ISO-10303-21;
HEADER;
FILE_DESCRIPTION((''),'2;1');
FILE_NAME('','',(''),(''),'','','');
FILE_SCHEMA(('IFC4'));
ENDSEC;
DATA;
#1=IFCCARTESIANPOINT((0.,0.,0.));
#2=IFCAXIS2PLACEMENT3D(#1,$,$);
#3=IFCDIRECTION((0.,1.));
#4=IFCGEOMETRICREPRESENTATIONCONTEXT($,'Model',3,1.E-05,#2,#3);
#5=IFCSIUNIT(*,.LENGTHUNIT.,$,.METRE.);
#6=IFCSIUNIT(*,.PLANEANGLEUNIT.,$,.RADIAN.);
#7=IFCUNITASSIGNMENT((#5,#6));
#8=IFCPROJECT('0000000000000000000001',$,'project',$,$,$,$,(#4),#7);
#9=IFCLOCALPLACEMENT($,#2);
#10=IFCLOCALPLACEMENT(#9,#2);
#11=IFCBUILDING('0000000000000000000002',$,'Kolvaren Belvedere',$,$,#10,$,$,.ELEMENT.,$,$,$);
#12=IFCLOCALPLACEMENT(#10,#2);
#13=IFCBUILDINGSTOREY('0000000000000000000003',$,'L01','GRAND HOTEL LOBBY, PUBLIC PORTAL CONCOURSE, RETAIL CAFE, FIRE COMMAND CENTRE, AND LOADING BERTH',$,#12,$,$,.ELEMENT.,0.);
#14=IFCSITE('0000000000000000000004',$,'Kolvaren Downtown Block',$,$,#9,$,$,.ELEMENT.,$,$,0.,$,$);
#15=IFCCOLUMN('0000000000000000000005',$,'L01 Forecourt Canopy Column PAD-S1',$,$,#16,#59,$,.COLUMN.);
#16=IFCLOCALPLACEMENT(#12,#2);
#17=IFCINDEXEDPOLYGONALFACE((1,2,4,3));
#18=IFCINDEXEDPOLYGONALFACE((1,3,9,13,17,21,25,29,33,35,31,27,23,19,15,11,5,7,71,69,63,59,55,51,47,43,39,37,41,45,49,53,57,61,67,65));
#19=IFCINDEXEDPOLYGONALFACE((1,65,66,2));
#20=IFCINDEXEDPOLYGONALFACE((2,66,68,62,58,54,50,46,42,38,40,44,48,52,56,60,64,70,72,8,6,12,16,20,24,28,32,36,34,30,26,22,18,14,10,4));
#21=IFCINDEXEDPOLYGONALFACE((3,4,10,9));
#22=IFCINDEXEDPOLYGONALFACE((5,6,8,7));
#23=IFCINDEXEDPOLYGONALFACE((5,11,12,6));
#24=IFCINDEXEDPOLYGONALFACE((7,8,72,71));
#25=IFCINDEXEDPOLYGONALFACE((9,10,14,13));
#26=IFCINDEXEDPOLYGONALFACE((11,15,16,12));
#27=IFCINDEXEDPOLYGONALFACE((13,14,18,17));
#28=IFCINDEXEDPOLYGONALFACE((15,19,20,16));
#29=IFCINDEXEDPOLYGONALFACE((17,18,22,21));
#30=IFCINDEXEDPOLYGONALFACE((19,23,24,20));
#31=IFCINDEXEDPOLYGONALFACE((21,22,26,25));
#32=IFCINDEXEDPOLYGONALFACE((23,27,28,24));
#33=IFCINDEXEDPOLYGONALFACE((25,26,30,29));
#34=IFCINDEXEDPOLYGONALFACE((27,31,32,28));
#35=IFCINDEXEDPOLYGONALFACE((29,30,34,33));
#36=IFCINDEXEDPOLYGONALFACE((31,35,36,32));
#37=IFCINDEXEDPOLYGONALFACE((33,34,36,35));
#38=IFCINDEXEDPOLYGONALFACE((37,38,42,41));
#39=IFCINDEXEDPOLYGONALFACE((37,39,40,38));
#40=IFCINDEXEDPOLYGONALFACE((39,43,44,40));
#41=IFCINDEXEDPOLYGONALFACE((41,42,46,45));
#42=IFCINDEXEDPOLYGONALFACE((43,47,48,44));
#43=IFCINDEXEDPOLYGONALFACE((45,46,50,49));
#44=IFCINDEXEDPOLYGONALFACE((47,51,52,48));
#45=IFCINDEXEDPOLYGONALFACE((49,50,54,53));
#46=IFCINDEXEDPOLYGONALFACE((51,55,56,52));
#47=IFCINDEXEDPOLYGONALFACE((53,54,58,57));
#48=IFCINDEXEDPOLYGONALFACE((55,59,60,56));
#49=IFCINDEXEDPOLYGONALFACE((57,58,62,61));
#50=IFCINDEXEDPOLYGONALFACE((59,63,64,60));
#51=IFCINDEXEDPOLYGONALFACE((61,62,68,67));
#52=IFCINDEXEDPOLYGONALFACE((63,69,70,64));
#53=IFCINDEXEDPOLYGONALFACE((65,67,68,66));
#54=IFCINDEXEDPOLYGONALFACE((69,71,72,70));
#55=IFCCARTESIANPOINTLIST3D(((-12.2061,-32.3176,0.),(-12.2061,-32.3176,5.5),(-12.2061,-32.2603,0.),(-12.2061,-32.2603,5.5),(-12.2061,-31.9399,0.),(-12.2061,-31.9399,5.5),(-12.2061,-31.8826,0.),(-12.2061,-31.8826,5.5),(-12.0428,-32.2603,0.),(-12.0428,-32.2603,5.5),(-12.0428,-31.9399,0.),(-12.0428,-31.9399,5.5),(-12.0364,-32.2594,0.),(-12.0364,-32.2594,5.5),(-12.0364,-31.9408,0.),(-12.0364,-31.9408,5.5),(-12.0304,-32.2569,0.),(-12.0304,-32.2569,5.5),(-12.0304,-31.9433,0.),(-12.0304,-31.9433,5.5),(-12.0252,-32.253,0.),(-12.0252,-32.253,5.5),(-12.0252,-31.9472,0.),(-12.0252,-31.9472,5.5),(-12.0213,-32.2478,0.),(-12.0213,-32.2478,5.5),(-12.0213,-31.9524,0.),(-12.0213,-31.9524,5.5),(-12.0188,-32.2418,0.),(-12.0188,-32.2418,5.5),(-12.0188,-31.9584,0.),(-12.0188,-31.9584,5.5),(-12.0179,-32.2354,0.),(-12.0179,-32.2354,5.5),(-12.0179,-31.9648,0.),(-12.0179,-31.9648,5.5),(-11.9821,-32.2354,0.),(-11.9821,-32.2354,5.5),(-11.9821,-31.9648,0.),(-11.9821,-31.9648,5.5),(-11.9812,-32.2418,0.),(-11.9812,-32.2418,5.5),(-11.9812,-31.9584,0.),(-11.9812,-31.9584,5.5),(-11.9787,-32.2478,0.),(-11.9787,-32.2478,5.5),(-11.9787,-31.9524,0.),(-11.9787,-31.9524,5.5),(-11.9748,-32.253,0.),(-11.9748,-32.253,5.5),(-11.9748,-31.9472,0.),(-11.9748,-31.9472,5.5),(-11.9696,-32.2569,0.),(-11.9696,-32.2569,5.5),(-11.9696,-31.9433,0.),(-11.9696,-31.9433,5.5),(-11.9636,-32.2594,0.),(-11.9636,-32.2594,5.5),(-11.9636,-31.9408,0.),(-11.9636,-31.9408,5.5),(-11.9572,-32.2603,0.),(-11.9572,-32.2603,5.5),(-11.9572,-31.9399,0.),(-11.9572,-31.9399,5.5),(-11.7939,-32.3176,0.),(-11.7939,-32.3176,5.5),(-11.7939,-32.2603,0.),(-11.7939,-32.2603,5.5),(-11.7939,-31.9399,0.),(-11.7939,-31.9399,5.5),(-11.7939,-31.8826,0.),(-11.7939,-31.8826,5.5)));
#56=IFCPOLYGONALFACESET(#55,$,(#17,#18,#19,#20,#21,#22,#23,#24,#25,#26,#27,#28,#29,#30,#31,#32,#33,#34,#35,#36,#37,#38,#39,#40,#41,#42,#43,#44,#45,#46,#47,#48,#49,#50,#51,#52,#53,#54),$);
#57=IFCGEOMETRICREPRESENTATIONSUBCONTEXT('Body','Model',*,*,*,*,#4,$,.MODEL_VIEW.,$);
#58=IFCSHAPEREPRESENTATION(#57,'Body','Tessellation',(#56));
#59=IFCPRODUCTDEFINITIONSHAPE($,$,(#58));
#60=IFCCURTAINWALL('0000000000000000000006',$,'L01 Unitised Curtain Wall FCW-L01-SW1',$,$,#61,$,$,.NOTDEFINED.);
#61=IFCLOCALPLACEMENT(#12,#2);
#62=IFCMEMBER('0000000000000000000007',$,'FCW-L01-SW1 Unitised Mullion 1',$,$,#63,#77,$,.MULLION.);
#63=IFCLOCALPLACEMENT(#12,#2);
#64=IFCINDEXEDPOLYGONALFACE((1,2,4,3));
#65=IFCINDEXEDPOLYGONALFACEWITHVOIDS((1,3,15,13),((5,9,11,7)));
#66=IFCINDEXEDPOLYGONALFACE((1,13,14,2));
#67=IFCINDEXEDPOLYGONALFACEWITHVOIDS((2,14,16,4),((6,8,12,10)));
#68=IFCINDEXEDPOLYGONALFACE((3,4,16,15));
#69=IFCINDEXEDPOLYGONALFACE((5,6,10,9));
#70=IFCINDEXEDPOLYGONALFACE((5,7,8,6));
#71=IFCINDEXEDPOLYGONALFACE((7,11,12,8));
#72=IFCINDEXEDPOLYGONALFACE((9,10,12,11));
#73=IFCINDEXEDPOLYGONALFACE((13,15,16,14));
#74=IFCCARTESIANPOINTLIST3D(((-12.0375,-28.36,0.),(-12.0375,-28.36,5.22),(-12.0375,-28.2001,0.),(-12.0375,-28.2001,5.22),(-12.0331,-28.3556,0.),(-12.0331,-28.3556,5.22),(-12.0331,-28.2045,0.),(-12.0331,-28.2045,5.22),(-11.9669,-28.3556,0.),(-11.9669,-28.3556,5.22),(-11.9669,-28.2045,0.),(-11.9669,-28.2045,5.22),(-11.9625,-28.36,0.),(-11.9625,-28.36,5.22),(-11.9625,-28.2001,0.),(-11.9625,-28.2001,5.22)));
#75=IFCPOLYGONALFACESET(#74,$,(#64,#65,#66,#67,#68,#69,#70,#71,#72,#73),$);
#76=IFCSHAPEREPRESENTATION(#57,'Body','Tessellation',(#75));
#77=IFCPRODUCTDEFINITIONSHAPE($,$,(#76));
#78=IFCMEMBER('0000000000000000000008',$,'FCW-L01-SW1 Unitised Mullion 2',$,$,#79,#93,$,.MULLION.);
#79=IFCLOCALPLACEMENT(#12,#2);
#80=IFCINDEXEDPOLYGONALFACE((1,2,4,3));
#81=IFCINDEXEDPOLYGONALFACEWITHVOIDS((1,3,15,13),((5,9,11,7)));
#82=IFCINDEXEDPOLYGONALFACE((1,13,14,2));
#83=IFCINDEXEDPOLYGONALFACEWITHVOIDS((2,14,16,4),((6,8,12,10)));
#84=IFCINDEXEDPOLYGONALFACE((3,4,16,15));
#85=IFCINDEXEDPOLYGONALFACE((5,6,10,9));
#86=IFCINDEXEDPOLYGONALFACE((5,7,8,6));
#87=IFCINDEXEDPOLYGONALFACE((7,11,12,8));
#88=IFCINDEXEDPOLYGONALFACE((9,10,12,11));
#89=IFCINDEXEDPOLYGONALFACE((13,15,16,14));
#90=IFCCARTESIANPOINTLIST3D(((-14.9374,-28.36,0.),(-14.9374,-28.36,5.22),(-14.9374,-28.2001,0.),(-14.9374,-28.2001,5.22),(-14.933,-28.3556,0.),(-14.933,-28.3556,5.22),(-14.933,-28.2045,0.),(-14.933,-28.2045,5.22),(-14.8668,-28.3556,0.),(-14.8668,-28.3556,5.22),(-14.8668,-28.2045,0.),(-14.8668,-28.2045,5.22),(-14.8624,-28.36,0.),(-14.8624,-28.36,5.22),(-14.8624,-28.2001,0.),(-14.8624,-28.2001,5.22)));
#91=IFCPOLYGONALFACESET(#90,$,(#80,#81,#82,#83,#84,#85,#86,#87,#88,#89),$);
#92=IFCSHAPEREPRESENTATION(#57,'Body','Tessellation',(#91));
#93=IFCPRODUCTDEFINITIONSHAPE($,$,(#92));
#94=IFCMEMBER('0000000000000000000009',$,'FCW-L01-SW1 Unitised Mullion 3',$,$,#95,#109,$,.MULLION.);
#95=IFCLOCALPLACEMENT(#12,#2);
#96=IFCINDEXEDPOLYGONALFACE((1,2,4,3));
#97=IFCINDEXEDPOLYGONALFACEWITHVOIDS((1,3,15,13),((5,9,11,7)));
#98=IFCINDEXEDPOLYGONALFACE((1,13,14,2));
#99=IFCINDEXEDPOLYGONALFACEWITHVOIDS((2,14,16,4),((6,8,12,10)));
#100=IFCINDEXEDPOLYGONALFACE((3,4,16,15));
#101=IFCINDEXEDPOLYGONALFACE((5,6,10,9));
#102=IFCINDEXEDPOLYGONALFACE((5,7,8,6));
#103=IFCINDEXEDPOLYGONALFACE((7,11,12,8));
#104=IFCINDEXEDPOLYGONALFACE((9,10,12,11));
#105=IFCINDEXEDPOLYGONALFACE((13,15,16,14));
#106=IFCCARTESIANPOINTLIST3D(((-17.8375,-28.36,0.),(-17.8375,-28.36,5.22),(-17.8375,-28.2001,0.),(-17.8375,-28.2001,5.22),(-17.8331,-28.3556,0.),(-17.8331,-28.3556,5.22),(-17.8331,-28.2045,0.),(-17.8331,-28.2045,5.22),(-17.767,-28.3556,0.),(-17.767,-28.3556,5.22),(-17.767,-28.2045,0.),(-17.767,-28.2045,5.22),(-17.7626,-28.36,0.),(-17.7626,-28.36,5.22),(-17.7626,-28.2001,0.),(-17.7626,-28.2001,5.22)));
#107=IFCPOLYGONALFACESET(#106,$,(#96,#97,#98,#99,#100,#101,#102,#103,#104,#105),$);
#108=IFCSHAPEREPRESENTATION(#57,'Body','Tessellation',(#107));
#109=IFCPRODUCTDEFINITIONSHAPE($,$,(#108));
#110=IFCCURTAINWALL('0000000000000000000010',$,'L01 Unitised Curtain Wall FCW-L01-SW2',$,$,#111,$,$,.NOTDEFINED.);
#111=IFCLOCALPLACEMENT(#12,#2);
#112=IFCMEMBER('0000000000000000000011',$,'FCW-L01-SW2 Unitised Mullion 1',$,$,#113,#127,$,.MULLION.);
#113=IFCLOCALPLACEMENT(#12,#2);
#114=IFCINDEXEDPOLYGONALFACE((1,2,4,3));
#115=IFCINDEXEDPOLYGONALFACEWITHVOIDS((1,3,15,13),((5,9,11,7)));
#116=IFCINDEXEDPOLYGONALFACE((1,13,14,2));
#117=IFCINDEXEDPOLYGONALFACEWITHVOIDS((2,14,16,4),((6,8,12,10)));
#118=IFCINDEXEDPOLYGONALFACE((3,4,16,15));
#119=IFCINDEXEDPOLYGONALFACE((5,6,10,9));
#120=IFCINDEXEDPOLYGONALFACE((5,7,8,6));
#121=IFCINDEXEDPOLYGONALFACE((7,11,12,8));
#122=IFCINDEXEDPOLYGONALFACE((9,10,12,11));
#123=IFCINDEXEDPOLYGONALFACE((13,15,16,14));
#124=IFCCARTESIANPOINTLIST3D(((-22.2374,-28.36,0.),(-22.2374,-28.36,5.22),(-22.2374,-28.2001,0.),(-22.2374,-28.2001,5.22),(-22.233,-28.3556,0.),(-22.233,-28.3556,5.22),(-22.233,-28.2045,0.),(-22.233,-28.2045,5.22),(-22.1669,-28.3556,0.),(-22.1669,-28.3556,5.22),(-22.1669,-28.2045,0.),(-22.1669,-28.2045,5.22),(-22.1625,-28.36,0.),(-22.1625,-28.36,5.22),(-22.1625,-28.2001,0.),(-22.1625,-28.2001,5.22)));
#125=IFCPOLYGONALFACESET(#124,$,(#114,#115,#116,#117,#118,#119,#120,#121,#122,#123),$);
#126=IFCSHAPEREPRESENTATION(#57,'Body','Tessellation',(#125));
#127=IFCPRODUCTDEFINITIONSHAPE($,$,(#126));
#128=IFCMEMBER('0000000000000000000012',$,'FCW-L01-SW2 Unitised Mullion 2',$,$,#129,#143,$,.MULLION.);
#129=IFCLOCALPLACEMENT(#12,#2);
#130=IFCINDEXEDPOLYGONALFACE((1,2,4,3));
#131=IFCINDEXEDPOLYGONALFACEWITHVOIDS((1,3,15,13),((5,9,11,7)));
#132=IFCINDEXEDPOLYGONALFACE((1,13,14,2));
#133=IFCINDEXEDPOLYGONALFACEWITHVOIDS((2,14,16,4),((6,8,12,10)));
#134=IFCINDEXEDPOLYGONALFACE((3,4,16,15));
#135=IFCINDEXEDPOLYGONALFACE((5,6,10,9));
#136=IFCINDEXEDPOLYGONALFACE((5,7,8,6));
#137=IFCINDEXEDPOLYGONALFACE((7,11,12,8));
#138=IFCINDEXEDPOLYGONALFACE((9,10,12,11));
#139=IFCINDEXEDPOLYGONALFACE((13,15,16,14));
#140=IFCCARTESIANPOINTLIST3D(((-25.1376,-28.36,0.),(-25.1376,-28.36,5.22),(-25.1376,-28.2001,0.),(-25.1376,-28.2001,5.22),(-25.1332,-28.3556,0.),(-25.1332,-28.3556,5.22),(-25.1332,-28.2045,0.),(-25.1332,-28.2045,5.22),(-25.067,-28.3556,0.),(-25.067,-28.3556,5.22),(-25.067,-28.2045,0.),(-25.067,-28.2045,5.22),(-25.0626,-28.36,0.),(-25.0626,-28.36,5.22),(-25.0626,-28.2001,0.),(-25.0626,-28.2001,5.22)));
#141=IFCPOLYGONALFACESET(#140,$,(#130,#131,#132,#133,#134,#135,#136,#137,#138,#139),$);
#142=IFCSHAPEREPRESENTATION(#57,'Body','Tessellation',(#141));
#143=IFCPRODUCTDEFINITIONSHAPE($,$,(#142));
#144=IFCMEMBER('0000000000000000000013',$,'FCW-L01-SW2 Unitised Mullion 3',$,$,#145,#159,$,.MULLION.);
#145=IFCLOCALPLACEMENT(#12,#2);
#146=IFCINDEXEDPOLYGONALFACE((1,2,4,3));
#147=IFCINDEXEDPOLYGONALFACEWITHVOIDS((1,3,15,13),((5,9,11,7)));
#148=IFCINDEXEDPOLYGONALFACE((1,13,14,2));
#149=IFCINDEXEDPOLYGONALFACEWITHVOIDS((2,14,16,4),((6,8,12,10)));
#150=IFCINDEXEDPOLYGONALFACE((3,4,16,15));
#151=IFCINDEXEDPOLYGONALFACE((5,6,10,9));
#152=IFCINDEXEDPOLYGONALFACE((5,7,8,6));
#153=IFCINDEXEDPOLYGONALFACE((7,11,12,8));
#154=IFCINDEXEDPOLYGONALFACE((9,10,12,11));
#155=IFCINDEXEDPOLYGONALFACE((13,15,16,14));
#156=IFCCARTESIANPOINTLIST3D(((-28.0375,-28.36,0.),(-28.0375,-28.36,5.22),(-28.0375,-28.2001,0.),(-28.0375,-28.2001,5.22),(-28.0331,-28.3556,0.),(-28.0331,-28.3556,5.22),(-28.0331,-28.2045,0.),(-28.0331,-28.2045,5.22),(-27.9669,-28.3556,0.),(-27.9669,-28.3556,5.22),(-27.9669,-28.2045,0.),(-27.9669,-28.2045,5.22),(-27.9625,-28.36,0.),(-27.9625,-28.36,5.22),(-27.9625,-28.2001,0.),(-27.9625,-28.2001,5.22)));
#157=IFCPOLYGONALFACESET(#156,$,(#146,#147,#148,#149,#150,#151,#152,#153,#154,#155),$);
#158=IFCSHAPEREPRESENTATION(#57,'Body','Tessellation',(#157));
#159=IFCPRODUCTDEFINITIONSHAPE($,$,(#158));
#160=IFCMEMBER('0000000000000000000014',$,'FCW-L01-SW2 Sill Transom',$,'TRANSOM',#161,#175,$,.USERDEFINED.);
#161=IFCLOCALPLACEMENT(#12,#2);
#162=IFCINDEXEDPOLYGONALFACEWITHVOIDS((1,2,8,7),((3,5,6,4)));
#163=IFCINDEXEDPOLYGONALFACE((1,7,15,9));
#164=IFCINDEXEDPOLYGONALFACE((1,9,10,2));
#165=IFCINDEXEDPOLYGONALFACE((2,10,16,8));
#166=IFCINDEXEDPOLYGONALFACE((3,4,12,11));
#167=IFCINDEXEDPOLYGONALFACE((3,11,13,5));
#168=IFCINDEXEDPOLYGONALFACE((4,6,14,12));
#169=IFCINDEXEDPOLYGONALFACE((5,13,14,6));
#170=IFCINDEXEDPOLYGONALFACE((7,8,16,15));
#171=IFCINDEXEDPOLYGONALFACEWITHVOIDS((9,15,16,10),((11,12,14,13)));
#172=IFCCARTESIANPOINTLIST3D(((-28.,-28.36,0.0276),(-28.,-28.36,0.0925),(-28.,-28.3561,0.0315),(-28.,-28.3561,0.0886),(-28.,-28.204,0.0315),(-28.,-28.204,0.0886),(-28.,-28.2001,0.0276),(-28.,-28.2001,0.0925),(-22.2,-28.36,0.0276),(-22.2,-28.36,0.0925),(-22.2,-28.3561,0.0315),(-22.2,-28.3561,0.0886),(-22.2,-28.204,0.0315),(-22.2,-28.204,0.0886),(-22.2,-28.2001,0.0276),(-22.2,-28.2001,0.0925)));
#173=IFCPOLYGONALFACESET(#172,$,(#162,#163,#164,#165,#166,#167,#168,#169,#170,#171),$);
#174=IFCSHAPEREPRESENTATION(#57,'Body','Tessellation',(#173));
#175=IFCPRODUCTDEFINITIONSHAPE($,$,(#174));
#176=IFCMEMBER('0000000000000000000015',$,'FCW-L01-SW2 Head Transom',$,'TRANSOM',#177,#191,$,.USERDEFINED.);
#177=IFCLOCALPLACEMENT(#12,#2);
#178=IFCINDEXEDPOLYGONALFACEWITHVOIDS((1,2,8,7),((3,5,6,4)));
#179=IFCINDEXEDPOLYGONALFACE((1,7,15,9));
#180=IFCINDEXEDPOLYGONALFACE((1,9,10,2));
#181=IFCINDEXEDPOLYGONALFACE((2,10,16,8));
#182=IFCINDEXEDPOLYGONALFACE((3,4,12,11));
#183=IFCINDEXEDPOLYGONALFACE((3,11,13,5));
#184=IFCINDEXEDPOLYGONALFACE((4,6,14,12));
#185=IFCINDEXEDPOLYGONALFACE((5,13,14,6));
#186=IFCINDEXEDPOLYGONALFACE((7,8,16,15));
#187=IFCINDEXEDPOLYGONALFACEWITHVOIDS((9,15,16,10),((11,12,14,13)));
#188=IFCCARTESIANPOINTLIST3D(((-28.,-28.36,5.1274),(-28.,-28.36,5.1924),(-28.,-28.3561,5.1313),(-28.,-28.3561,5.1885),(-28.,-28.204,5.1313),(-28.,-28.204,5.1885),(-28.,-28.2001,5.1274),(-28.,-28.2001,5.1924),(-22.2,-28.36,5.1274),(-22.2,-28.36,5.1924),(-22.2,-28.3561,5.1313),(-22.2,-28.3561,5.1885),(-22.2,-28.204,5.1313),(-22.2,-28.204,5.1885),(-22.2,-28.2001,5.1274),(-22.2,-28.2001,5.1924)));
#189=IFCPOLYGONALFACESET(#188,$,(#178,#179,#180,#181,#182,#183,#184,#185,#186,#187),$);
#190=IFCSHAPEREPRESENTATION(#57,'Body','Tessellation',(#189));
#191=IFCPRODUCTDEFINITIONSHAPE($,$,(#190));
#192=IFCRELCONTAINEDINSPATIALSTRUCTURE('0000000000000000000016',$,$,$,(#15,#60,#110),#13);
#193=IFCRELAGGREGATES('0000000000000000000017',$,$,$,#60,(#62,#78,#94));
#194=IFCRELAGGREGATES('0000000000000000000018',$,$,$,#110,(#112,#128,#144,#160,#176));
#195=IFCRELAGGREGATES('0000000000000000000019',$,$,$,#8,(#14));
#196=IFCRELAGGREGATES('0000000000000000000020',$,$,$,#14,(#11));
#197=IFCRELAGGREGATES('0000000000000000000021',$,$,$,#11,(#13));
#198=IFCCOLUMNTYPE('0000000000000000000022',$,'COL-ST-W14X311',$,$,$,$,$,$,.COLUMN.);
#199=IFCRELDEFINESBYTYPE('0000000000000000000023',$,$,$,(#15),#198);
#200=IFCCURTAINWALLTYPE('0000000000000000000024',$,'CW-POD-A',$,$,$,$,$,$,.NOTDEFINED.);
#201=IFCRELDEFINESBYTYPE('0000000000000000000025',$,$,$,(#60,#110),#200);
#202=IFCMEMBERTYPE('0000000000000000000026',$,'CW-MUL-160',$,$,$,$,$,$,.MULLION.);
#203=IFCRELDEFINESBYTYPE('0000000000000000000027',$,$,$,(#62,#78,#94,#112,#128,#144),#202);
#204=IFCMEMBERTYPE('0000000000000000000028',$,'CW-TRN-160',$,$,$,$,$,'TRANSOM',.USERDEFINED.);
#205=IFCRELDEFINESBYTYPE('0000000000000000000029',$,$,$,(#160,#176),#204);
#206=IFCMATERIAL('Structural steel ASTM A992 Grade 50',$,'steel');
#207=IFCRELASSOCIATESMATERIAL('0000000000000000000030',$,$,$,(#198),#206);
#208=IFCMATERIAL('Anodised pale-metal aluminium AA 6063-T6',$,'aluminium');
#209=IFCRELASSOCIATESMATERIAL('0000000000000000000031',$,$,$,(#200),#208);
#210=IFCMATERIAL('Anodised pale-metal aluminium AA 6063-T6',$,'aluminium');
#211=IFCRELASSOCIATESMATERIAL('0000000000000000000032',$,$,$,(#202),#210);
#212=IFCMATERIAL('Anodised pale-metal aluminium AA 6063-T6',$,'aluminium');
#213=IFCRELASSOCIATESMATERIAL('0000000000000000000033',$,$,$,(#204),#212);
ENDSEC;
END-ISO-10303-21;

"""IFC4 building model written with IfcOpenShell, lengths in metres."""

from ifc_helpers import new_model, si_unit, direction, frame, origin, origin_2d, place, context, subcontext, project, spatial, hollow_rectangle, i_section, extrude, material, material_profile, profile_set, type_object, element, aggregate, save


model = new_model("IFC4")

# Units and contexts
model_context = context("Model", 3, precision=1e-05, world=origin(), true_north=direction((0.0, 1.0)))
body_context = subcontext(model_context, "Body", "Model", "MODEL_VIEW")
ifc_project = project(units=[si_unit("LENGTHUNIT", "METRE"), si_unit("PLANEANGLEUNIT", "RADIAN")], contexts=[model_context])

# Site, building, storey
site_placement = place(None, origin())
site = spatial("IfcSite", under=ifc_project, at=site_placement, Name="Kolvaren Downtown Block", CompositionType="ELEMENT", RefElevation=0.0)
building_placement = place(site_placement, origin())
building = spatial("IfcBuilding", under=site, at=building_placement, Name="Kolvaren Belvedere", CompositionType="ELEMENT")
storey_placement = place(building_placement, origin())
storey = spatial("IfcBuildingStorey", under=building, at=storey_placement, Name="L01", Description="GRAND HOTEL LOBBY, PUBLIC PORTAL CONCOURSE, RETAIL CAFE, FIRE COMMAND CENTRE, AND LOADING BERTH", CompositionType="ELEMENT", Elevation=0.0)

# Column
ifc_material_1 = material(Name="Structural steel ASTM A992 Grade 50", Category="steel")
ifc_material_profile_1 = material_profile(ifc_material_1, i_section(OverallWidth=0.4121, OverallDepth=0.4351, WebThickness=0.0359, FlangeThickness=0.0574, FilletRadius=0.0249, at=origin_2d()), Name="W14X311")
ifc_profile_set_1 = profile_set([ifc_material_profile_1], Name="Structural steel ASTM A992 Grade 50")
column_type = type_object("IfcColumnType", Name="COL-ST-W14X311", PredefinedType="COLUMN", material=ifc_profile_set_1)
column_placement = place(storey_placement, frame((-12.0, -32.1001, 0.0), z_axis=(0.0, 0.0, 1.0), x_axis=(1.0, 0.0, 0.0)))
element("IfcColumn", 1, at=column_placement, inside=storey, type_object=column_type, Name="L01 Forecourt Canopy Column PAD-S1", PredefinedType="COLUMN", context=body_context, shape_type="SweptSolid", body=[
    extrude(i_section(OverallWidth=0.4121, OverallDepth=0.4351, WebThickness=0.0359, FlangeThickness=0.0574, FilletRadius=0.0249, at=origin_2d()), origin(), (0.0, 0.0, 1.0), 5.5),
])

# Curtain walls, members
ifc_material_2 = material(Name="Anodised pale-metal aluminium AA 6063-T6", Category="aluminium")
curtain_wall_type = type_object("IfcCurtainWallType", Name="CW-POD-A", PredefinedType="NOTDEFINED", material=ifc_material_2)
curtain_wall_1_placement = place(storey_placement, origin())
curtain_wall_1 = element("IfcCurtainWall", 2, at=curtain_wall_1_placement, inside=storey, type_object=curtain_wall_type, Name="L01 Unitised Curtain Wall FCW-L01-SW1", PredefinedType="NOTDEFINED")
ifc_material_3 = material(Name="Anodised pale-metal aluminium AA 6063-T6", Category="aluminium")
ifc_material_profile_2 = material_profile(ifc_material_3, hollow_rectangle(XDim=0.075, YDim=0.1599, WallThickness=0.0044, at=origin_2d()), Name="ALU-MUL-160X75")
ifc_profile_set_2 = profile_set([ifc_material_profile_2], Name="Anodised pale-metal aluminium AA 6063-T6")
member_type_1 = type_object("IfcMemberType", Name="CW-MUL-160", PredefinedType="MULLION", material=ifc_profile_set_2)
member_1_placement = place(storey_placement, frame((-12.0, -28.28, 0.0), z_axis=(0.0, 0.0, 1.0), x_axis=(1.0, 0.0, 0.0)))
member_1 = element("IfcMember", 3, at=member_1_placement, type_object=member_type_1, Name="FCW-L01-SW1 Unitised Mullion 1", PredefinedType="MULLION", context=body_context, shape_type="SweptSolid", body=[
    extrude(hollow_rectangle(XDim=0.075, YDim=0.1599, WallThickness=0.0044, at=origin_2d()), origin(), (0.0, 0.0, 1.0), 5.22),
])
member_2_placement = place(storey_placement, frame((-14.8999, -28.28, 0.0), z_axis=(0.0, 0.0, 1.0), x_axis=(1.0, 0.0, 0.0)))
member_2 = element("IfcMember", 4, at=member_2_placement, type_object=member_type_1, Name="FCW-L01-SW1 Unitised Mullion 2", PredefinedType="MULLION", context=body_context, shape_type="SweptSolid", body=[
    extrude(hollow_rectangle(XDim=0.075, YDim=0.1599, WallThickness=0.0044, at=origin_2d()), origin(), (0.0, 0.0, 1.0), 5.22),
])
member_3_placement = place(storey_placement, frame((-17.8, -28.28, 0.0), z_axis=(0.0, 0.0, 1.0), x_axis=(1.0, 0.0, 0.0)))
member_3 = element("IfcMember", 5, at=member_3_placement, type_object=member_type_1, Name="FCW-L01-SW1 Unitised Mullion 3", PredefinedType="MULLION", context=body_context, shape_type="SweptSolid", body=[
    extrude(hollow_rectangle(XDim=0.075, YDim=0.1599, WallThickness=0.0044, at=origin_2d()), origin(), (0.0, 0.0, 1.0), 5.22),
])
curtain_wall_2_placement = place(storey_placement, origin())
curtain_wall_2 = element("IfcCurtainWall", 6, at=curtain_wall_2_placement, inside=storey, type_object=curtain_wall_type, Name="L01 Unitised Curtain Wall FCW-L01-SW2", PredefinedType="NOTDEFINED")
member_4_placement = place(storey_placement, frame((-22.2, -28.28, 0.0), z_axis=(0.0, 0.0, 1.0), x_axis=(1.0, 0.0, 0.0)))
member_4 = element("IfcMember", 7, at=member_4_placement, type_object=member_type_1, Name="FCW-L01-SW2 Unitised Mullion 1", PredefinedType="MULLION", context=body_context, shape_type="SweptSolid", body=[
    extrude(hollow_rectangle(XDim=0.075, YDim=0.1599, WallThickness=0.0044, at=origin_2d()), origin(), (0.0, 0.0, 1.0), 5.22),
])
member_5_placement = place(storey_placement, frame((-25.1001, -28.28, 0.0), z_axis=(0.0, 0.0, 1.0), x_axis=(1.0, 0.0, 0.0)))
member_5 = element("IfcMember", 8, at=member_5_placement, type_object=member_type_1, Name="FCW-L01-SW2 Unitised Mullion 2", PredefinedType="MULLION", context=body_context, shape_type="SweptSolid", body=[
    extrude(hollow_rectangle(XDim=0.075, YDim=0.1599, WallThickness=0.0044, at=origin_2d()), origin(), (0.0, 0.0, 1.0), 5.22),
])
member_6_placement = place(storey_placement, frame((-28.0, -28.28, 0.0), z_axis=(0.0, 0.0, 1.0), x_axis=(1.0, 0.0, 0.0)))
member_6 = element("IfcMember", 9, at=member_6_placement, type_object=member_type_1, Name="FCW-L01-SW2 Unitised Mullion 3", PredefinedType="MULLION", context=body_context, shape_type="SweptSolid", body=[
    extrude(hollow_rectangle(XDim=0.075, YDim=0.1599, WallThickness=0.0044, at=origin_2d()), origin(), (0.0, 0.0, 1.0), 5.22),
])
ifc_material_4 = material(Name="Anodised pale-metal aluminium AA 6063-T6", Category="aluminium")
ifc_material_profile_3 = material_profile(ifc_material_4, hollow_rectangle(XDim=0.0649, YDim=0.1599, WallThickness=0.0039, at=origin_2d()), Name="ALU-TRN-160X65")
ifc_profile_set_3 = profile_set([ifc_material_profile_3], Name="Anodised pale-metal aluminium AA 6063-T6")
member_type_2 = type_object("IfcMemberType", Name="CW-TRN-160", ElementType="TRANSOM", PredefinedType="USERDEFINED", material=ifc_profile_set_3)
member_7_placement = place(storey_placement, frame((-22.2, -28.28, 0.0601), z_axis=(-1.0, 0.0, 0.0), x_axis=(0.0, 0.0, 1.0)))
member_7 = element("IfcMember", 10, at=member_7_placement, type_object=member_type_2, Name="FCW-L01-SW2 Sill Transom", ObjectType="TRANSOM", PredefinedType="USERDEFINED", context=body_context, shape_type="SweptSolid", body=[
    extrude(hollow_rectangle(XDim=0.0649, YDim=0.1599, WallThickness=0.0039, at=origin_2d()), origin(), (0.0, 0.0, 1.0), 5.8),
])
member_8_placement = place(storey_placement, frame((-22.2, -28.28, 5.1599), z_axis=(-1.0, 0.0, 0.0), x_axis=(0.0, 0.0, 1.0)))
member_8 = element("IfcMember", 11, at=member_8_placement, type_object=member_type_2, Name="FCW-L01-SW2 Head Transom", ObjectType="TRANSOM", PredefinedType="USERDEFINED", context=body_context, shape_type="SweptSolid", body=[
    extrude(hollow_rectangle(XDim=0.0649, YDim=0.1599, WallThickness=0.0039, at=origin_2d()), origin(), (0.0, 0.0, 1.0), 5.8),
])

aggregate(curtain_wall_1, [member_1, member_2, member_3])
aggregate(curtain_wall_2, [member_4, member_5, member_6, member_7, member_8])

save(model, "model.ifc")
